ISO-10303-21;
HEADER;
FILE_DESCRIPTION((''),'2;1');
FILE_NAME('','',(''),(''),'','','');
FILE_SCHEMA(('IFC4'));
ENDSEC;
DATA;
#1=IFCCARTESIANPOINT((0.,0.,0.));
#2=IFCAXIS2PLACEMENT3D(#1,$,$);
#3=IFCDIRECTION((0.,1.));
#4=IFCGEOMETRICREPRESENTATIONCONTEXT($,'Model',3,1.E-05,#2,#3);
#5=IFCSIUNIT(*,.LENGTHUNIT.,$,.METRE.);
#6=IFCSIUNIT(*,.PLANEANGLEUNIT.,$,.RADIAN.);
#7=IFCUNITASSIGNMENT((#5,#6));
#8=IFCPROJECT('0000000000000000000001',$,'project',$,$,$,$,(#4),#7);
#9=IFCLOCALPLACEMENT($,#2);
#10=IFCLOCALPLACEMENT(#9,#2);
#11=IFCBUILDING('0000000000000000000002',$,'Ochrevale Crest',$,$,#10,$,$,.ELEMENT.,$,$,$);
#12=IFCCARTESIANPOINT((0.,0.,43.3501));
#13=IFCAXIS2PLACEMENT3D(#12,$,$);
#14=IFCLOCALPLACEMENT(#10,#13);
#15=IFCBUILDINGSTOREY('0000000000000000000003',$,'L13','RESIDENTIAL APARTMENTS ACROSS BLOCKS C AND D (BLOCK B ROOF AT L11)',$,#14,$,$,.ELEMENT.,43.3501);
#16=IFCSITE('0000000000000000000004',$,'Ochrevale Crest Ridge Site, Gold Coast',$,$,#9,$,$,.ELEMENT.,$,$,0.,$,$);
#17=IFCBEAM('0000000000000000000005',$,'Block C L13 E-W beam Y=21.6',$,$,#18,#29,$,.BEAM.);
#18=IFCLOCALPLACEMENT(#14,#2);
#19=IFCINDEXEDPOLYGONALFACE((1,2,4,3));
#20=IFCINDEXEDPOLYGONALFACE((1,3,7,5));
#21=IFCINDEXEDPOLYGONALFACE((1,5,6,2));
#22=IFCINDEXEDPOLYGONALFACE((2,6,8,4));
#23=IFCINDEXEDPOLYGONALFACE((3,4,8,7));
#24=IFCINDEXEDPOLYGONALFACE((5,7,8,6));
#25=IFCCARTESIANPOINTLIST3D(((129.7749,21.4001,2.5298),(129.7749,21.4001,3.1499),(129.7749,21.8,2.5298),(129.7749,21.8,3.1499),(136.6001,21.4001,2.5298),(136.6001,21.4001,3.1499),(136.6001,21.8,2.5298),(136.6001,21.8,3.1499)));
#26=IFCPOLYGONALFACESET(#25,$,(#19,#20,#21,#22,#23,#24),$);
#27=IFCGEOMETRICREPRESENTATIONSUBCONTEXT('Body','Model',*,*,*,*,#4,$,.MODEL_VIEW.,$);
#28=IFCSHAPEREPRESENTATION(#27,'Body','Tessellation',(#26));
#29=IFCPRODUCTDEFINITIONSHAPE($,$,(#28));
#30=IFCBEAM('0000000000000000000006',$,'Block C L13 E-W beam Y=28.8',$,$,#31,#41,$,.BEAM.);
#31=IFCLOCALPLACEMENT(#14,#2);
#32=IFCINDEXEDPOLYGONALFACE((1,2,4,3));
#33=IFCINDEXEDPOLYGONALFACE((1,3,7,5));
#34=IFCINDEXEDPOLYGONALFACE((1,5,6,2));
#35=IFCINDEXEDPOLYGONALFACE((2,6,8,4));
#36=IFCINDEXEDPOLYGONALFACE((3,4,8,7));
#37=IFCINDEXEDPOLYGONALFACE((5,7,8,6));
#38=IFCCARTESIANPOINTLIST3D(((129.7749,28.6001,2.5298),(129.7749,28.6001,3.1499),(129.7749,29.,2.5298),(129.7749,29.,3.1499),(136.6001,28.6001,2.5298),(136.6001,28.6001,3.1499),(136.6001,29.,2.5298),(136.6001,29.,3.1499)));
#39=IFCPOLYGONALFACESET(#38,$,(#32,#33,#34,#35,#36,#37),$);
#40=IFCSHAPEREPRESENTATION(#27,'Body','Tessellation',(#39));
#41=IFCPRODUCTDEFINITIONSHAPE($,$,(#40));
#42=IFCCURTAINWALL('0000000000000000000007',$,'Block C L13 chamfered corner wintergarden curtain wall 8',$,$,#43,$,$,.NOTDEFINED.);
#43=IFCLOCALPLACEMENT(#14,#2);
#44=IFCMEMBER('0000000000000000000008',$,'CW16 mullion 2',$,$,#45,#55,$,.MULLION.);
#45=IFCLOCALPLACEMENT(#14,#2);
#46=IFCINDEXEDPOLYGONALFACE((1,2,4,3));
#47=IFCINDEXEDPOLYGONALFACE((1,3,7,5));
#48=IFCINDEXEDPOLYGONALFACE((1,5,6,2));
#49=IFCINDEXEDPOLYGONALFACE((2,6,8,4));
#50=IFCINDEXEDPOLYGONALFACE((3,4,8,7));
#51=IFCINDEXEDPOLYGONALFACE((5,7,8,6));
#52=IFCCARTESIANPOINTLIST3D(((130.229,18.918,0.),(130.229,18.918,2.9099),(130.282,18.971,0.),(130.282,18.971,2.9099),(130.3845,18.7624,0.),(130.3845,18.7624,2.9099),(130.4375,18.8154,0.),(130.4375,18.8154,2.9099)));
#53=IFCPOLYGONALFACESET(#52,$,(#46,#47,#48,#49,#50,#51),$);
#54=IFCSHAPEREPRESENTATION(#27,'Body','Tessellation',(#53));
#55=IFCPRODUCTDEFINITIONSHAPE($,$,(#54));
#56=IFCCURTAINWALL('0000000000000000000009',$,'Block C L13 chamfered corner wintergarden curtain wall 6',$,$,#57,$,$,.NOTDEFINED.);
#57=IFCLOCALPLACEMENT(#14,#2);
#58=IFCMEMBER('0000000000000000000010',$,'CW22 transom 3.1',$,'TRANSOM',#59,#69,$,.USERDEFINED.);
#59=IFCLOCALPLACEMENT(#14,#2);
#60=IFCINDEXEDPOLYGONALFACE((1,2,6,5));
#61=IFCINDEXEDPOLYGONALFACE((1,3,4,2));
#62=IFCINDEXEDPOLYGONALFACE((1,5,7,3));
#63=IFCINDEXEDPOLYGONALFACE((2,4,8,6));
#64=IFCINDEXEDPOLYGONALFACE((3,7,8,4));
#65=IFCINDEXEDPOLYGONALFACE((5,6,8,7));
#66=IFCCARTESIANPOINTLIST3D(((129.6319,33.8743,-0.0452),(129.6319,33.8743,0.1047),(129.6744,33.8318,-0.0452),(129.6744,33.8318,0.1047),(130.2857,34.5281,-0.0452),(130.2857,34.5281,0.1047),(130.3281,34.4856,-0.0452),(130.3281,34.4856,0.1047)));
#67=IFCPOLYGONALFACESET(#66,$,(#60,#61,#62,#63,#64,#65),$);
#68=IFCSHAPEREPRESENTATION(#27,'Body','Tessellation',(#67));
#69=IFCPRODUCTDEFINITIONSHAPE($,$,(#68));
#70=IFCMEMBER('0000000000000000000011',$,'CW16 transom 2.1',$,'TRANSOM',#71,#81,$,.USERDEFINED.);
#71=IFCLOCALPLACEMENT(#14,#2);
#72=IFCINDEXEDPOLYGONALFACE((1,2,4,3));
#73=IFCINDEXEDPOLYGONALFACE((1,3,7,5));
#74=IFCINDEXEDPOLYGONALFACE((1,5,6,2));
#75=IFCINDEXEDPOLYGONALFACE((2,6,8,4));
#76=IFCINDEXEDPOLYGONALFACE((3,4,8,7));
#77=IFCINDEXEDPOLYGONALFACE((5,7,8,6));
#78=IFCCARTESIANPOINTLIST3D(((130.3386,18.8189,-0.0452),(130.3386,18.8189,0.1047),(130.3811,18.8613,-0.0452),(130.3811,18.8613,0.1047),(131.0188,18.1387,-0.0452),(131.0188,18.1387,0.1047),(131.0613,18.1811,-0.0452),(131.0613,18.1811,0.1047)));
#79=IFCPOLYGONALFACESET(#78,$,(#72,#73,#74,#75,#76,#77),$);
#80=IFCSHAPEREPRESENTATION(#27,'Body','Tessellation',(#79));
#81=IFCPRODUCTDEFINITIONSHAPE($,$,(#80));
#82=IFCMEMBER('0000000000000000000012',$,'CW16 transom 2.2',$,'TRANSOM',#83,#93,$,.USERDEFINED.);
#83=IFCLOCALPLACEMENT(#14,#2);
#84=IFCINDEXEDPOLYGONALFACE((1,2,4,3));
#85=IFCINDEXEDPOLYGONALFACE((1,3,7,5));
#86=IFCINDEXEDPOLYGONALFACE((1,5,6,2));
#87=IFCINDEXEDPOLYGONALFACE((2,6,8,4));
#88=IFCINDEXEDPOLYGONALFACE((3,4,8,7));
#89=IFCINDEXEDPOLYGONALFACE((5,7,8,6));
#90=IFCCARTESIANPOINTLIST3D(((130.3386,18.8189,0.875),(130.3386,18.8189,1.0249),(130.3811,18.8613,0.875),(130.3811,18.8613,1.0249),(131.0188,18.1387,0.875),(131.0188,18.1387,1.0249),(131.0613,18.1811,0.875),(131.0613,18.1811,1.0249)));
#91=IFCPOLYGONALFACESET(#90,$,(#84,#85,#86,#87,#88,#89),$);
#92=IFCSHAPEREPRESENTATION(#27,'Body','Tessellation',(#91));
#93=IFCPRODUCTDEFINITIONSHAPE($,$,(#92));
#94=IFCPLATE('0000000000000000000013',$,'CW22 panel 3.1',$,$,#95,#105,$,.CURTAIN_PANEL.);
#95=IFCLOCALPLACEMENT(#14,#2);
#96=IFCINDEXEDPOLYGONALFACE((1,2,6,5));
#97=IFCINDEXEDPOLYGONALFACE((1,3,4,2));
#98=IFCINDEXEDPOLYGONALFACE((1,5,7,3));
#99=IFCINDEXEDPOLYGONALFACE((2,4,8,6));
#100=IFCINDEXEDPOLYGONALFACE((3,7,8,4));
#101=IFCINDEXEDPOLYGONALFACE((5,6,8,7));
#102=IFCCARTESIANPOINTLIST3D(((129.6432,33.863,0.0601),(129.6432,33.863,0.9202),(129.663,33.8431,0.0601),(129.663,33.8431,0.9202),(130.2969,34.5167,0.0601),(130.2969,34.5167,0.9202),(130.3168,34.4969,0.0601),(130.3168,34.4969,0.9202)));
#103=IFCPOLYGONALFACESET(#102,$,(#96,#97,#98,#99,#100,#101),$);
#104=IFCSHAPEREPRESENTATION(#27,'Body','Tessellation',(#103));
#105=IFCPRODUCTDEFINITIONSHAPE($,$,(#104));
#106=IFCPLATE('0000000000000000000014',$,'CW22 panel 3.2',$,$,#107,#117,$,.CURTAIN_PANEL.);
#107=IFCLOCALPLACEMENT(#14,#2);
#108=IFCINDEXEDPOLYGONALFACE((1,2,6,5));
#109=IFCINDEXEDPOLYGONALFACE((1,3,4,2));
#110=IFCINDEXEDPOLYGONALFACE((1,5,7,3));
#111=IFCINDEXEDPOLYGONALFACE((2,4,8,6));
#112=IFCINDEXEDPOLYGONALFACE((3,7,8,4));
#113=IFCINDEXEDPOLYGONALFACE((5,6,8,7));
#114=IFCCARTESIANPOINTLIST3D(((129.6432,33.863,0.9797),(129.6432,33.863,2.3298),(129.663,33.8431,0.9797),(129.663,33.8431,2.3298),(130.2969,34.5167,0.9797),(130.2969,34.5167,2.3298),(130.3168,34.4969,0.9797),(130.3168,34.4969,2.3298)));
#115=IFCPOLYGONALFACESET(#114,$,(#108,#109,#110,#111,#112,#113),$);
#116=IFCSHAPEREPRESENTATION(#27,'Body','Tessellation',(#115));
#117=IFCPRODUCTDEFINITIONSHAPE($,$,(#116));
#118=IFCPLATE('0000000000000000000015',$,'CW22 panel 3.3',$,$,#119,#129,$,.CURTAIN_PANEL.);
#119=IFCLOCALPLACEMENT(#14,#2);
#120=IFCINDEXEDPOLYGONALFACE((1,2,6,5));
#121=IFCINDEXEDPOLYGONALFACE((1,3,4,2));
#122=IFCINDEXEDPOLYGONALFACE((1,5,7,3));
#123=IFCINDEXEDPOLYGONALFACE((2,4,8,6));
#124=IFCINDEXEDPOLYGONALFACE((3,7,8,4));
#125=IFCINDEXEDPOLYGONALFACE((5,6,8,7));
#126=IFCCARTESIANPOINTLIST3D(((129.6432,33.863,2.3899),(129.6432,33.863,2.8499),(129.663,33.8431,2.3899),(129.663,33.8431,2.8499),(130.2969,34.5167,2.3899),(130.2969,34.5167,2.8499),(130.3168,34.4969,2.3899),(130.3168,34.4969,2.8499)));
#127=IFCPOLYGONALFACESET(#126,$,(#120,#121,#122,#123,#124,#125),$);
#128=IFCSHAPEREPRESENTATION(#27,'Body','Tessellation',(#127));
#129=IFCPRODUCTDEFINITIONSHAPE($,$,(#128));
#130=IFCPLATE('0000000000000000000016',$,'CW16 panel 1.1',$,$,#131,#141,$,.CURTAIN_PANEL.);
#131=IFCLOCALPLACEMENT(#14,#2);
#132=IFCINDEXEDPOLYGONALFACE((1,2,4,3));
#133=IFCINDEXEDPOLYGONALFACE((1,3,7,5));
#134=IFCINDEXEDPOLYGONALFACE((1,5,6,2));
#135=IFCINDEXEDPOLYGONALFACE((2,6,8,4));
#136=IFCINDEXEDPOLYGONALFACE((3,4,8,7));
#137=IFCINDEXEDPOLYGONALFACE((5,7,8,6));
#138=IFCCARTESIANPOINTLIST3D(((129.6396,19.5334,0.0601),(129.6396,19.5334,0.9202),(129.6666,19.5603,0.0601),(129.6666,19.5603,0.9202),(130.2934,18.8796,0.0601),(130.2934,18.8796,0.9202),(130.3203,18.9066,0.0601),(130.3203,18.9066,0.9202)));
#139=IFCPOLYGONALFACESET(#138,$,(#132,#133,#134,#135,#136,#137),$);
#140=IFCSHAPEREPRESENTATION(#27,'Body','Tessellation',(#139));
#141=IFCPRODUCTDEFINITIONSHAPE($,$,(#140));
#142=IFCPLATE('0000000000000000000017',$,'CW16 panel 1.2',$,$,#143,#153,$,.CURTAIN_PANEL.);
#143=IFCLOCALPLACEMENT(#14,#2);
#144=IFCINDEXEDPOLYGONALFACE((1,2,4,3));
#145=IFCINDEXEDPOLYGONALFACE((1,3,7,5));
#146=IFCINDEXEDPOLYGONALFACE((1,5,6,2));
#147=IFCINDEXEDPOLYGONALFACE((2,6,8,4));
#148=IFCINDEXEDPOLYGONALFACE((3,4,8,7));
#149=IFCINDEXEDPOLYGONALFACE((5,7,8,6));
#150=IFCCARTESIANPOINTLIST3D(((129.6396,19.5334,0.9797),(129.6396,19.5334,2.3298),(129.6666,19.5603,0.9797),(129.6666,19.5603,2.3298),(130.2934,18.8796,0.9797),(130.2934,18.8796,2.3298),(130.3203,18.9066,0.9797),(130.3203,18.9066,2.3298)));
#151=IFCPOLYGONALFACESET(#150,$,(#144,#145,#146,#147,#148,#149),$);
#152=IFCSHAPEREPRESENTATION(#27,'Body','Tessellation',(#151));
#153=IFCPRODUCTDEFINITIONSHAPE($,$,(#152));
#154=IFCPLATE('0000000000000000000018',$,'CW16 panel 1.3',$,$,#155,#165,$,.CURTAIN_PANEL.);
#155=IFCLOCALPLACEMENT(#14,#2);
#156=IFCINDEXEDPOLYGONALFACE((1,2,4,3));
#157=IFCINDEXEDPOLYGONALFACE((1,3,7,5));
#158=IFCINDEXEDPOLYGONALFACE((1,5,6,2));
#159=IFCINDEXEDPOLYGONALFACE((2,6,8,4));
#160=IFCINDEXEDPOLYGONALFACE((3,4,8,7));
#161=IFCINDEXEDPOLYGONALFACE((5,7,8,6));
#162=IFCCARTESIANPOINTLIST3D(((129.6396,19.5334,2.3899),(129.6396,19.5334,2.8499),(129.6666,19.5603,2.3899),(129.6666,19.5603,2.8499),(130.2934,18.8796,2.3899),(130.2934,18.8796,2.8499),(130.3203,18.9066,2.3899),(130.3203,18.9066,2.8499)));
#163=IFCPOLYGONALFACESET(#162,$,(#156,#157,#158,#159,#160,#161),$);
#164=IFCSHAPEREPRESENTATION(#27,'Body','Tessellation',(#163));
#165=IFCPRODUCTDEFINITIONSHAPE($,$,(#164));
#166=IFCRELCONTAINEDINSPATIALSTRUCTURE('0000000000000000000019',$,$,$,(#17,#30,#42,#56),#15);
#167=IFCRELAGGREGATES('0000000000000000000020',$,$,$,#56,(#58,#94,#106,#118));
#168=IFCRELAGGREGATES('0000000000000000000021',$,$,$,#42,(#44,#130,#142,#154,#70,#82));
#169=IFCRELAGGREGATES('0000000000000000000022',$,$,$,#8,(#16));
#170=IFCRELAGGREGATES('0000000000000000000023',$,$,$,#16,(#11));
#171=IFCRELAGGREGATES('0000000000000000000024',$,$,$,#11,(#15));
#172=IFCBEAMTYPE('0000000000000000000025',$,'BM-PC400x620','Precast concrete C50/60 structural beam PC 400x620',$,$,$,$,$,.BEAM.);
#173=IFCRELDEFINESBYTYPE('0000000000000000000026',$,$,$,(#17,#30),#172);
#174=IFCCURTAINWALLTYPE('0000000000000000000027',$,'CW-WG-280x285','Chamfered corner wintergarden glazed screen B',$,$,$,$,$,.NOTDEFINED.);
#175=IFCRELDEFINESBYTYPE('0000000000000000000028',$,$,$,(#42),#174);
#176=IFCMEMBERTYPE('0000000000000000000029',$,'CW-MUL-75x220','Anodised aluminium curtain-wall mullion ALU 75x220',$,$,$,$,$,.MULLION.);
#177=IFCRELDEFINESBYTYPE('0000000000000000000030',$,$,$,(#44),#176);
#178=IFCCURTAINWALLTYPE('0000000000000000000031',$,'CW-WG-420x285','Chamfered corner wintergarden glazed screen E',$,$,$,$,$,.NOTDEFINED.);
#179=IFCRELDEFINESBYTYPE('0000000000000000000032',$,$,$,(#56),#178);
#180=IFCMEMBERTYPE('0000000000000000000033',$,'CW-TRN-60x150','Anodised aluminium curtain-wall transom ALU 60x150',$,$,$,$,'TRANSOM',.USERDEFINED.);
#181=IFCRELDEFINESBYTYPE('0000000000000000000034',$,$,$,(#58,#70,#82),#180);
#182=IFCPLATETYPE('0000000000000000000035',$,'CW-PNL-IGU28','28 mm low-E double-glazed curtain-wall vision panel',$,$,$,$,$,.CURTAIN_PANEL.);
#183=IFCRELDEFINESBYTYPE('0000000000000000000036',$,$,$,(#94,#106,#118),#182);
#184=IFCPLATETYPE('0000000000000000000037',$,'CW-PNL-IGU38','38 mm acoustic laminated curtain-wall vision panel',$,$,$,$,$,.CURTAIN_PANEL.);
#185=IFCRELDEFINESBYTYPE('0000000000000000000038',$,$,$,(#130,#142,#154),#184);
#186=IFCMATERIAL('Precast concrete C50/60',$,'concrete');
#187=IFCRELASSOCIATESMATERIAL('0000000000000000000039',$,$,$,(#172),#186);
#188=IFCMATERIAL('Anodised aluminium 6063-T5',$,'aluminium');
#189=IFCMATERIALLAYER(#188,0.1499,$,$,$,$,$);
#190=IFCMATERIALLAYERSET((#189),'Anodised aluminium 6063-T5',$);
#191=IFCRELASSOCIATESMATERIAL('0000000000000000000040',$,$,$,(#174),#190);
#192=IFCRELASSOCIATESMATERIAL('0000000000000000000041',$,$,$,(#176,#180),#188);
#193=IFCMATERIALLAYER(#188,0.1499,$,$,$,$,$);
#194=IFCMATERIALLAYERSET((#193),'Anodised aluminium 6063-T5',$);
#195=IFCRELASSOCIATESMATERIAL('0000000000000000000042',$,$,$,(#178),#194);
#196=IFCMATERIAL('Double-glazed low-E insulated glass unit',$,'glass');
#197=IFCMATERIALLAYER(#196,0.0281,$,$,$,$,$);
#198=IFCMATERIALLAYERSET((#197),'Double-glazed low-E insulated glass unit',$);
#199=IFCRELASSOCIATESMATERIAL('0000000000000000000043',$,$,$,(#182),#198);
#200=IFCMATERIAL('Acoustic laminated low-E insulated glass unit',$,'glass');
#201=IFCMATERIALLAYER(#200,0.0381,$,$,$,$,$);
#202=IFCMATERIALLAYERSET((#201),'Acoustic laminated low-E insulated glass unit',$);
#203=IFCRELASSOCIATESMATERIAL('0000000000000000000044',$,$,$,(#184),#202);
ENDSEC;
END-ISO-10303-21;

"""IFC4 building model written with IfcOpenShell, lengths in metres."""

from ifc_helpers import new_model, si_unit, direction, frame, origin, origin_2d, place, context, subcontext, project, spatial, rectangle, extrude, material, layer, layer_set, material_profile, profile_set, type_object, element, aggregate, save


model = new_model("IFC4")

# Units and contexts
model_context = context("Model", 3, precision=1e-05, world=origin(), true_north=direction((0.0, 1.0)))
body_context = subcontext(model_context, "Body", "Model", "MODEL_VIEW")
ifc_project = project(units=[si_unit("LENGTHUNIT", "METRE"), si_unit("PLANEANGLEUNIT", "RADIAN")], contexts=[model_context])

# Site, building, storey
site_placement = place(None, origin())
site = spatial("IfcSite", under=ifc_project, at=site_placement, Name="Ochrevale Crest Ridge Site, Gold Coast", CompositionType="ELEMENT", RefElevation=0.0)
building_placement = place(site_placement, origin())
building = spatial("IfcBuilding", under=site, at=building_placement, Name="Ochrevale Crest", CompositionType="ELEMENT")
storey_placement = place(building_placement, frame((0.0, 0.0, 43.3501)))
storey = spatial("IfcBuildingStorey", under=building, at=storey_placement, Name="L13", Description="RESIDENTIAL APARTMENTS ACROSS BLOCKS C AND D (BLOCK B ROOF AT L11)", CompositionType="ELEMENT", Elevation=43.3501)

# Beams
ifc_material_1 = material(Name="Precast concrete C50/60", Category="concrete")
ifc_material_profile_1 = material_profile(ifc_material_1, rectangle(XDim=0.3999, YDim=0.6201, at=origin_2d()), Name="PC 400x620")
ifc_profile_set_1 = profile_set([ifc_material_profile_1], Name="Precast concrete C50/60")
beam_type = type_object("IfcBeamType", Name="BM-PC400x620", Description="Precast concrete C50/60 structural beam PC 400x620", PredefinedType="BEAM", material=ifc_profile_set_1)
for number, where, z_axis, x_axis, name in (
    (1, (129.7749, 21.6001, 2.8398), (1.0, 0.0, 0.0), (0.0, 1.0, 0.0), "Block C L13 E-W beam Y=21.6"),
    (2, (129.7749, 28.8, 2.8398), (1.0, 0.0, 0.0), (0.0, 1.0, 0.0), "Block C L13 E-W beam Y=28.8"),
):
    element("IfcBeam", number, at=place(storey_placement, frame(where, z_axis=z_axis, x_axis=x_axis)), inside=storey, type_object=beam_type, Name=name, PredefinedType="BEAM", context=body_context, shape_type="SweptSolid", body=[
        extrude(rectangle(XDim=0.3999, YDim=0.6201, at=origin_2d()), origin(), (0.0, 0.0, 1.0), 6.8252),
    ])

# Curtain walls, members
ifc_material_2 = material(Name="Anodised aluminium 6063-T5", Category="aluminium")
ifc_layer_1 = layer(ifc_material_2, 0.1499)
ifc_layer_set_1 = layer_set([ifc_layer_1], Name="Anodised aluminium 6063-T5")
curtain_wall_type_1 = type_object("IfcCurtainWallType", Name="CW-WG-280x285", Description="Chamfered corner wintergarden glazed screen B", PredefinedType="NOTDEFINED", material=ifc_layer_set_1)
curtain_wall_1_placement = place(storey_placement, origin())
curtain_wall_1 = element("IfcCurtainWall", 3, at=curtain_wall_1_placement, inside=storey, type_object=curtain_wall_type_1, Name="Block C L13 chamfered corner wintergarden curtain wall 8", PredefinedType="NOTDEFINED")
ifc_material_profile_2 = material_profile(ifc_material_2, rectangle(XDim=0.075, YDim=0.22, at=origin_2d()), Name="ALU 75x220")
ifc_profile_set_2 = profile_set([ifc_material_profile_2], Name="Anodised aluminium 6063-T5")
member_type_1 = type_object("IfcMemberType", Name="CW-MUL-75x220", Description="Anodised aluminium curtain-wall mullion ALU 75x220", PredefinedType="MULLION", material=ifc_profile_set_2)
member_1_placement = place(storey_placement, frame((130.3333, 18.8667, 0.0), z_axis=(0.0, 0.0, 1.0), x_axis=(0.707107, 0.707107, 0.0)))
member_1 = element("IfcMember", 4, at=member_1_placement, type_object=member_type_1, Name="CW16 mullion 2", PredefinedType="MULLION", context=body_context, shape_type="SweptSolid", body=[
    extrude(rectangle(XDim=0.075, YDim=0.22, at=origin_2d()), origin(), (0.0, 0.0, 1.0), 2.9099),
])
ifc_layer_2 = layer(ifc_material_2, 0.1499)
ifc_layer_set_2 = layer_set([ifc_layer_2], Name="Anodised aluminium 6063-T5")
curtain_wall_type_2 = type_object("IfcCurtainWallType", Name="CW-WG-420x285", Description="Chamfered corner wintergarden glazed screen E", PredefinedType="NOTDEFINED", material=ifc_layer_set_2)
curtain_wall_2_placement = place(storey_placement, origin())
curtain_wall_2 = element("IfcCurtainWall", 5, at=curtain_wall_2_placement, inside=storey, type_object=curtain_wall_type_2, Name="Block C L13 chamfered corner wintergarden curtain wall 6", PredefinedType="NOTDEFINED")
ifc_material_profile_3 = material_profile(ifc_material_2, rectangle(XDim=0.0601, YDim=0.1499, at=origin_2d()), Name="ALU 60x150")
ifc_profile_set_3 = profile_set([ifc_material_profile_3], Name="Anodised aluminium 6063-T5")
member_type_2 = type_object("IfcMemberType", Name="CW-TRN-60x150", Description="Anodised aluminium curtain-wall transom ALU 60x150", ElementType="TRANSOM", PredefinedType="USERDEFINED", material=ifc_profile_set_3)
member_2_placement = place(storey_placement, frame((130.3069, 34.5068, 0.0298), z_axis=(-0.707107, -0.707107, 0.0), x_axis=(0.707107, -0.707107, 0.0)))
member_2 = element("IfcMember", 6, at=member_2_placement, type_object=member_type_2, Name="CW22 transom 3.1", ObjectType="TRANSOM", PredefinedType="USERDEFINED", context=body_context, shape_type="SweptSolid", body=[
    extrude(rectangle(XDim=0.0601, YDim=0.1499, at=origin_2d()), origin(), (0.0, 0.0, 1.0), 0.9246),
])

# Members
member_3_placement = place(storey_placement, frame((130.3599, 18.8401, 0.0298), z_axis=(0.707107, -0.707107, 0.0), x_axis=(0.707107, 0.707107, 0.0)))
member_3 = element("IfcMember", 7, at=member_3_placement, type_object=member_type_2, Name="CW16 transom 2.1", ObjectType="TRANSOM", PredefinedType="USERDEFINED", context=body_context, shape_type="SweptSolid", body=[
    extrude(rectangle(XDim=0.0601, YDim=0.1499, at=origin_2d()), origin(), (0.0, 0.0, 1.0), 0.9619),
])
member_4_placement = place(storey_placement, frame((130.3599, 18.8401, 0.95), z_axis=(0.707107, -0.707107, 0.0), x_axis=(0.707107, 0.707107, 0.0)))
member_4 = element("IfcMember", 8, at=member_4_placement, type_object=member_type_2, Name="CW16 transom 2.2", ObjectType="TRANSOM", PredefinedType="USERDEFINED", context=body_context, shape_type="SweptSolid", body=[
    extrude(rectangle(XDim=0.0601, YDim=0.1499, at=origin_2d()), origin(), (0.0, 0.0, 1.0), 0.9619),
])

# Plates
ifc_material_3 = material(Name="Double-glazed low-E insulated glass unit", Category="glass")
ifc_layer_3 = layer(ifc_material_3, 0.0281)
ifc_layer_set_3 = layer_set([ifc_layer_3], Name="Double-glazed low-E insulated glass unit")
plate_type_1 = type_object("IfcPlateType", Name="CW-PNL-IGU28", Description="28 mm low-E double-glazed curtain-wall vision panel", PredefinedType="CURTAIN_PANEL", material=ifc_layer_set_3)
plate_1_placement = place(storey_placement, frame((129.98, 34.1799, 0.0601), z_axis=(0.0, 0.0, 1.0), x_axis=(-0.707107, -0.707107, 0.0)))
plate_1 = element("IfcPlate", 9, at=plate_1_placement, type_object=plate_type_1, Name="CW22 panel 3.1", PredefinedType="CURTAIN_PANEL", context=body_context, shape_type="SweptSolid", body=[
    extrude(rectangle(XDim=0.9246, YDim=0.0281, at=origin_2d()), origin(), (0.0, 0.0, 1.0), 0.8601),
])
plate_2_placement = place(storey_placement, frame((129.98, 34.1799, 0.9797), z_axis=(0.0, 0.0, 1.0), x_axis=(-0.707107, -0.707107, 0.0)))
plate_2 = element("IfcPlate", 10, at=plate_2_placement, type_object=plate_type_1, Name="CW22 panel 3.2", PredefinedType="CURTAIN_PANEL", context=body_context, shape_type="SweptSolid", body=[
    extrude(rectangle(XDim=0.9246, YDim=0.0281, at=origin_2d()), origin(), (0.0, 0.0, 1.0), 1.3501),
])
plate_3_placement = place(storey_placement, frame((129.98, 34.1799, 2.3899), z_axis=(0.0, 0.0, 1.0), x_axis=(-0.707107, -0.707107, 0.0)))
plate_3 = element("IfcPlate", 11, at=plate_3_placement, type_object=plate_type_1, Name="CW22 panel 3.3", PredefinedType="CURTAIN_PANEL", context=body_context, shape_type="SweptSolid", body=[
    extrude(rectangle(XDim=0.9246, YDim=0.0281, at=origin_2d()), origin(), (0.0, 0.0, 1.0), 0.46),
])
aggregate(curtain_wall_2, [member_2, plate_1, plate_2, plate_3])
ifc_material_4 = material(Name="Acoustic laminated low-E insulated glass unit", Category="glass")
ifc_layer_4 = layer(ifc_material_4, 0.0381)
ifc_layer_set_4 = layer_set([ifc_layer_4], Name="Acoustic laminated low-E insulated glass unit")
plate_type_2 = type_object("IfcPlateType", Name="CW-PNL-IGU38", Description="38 mm acoustic laminated curtain-wall vision panel", PredefinedType="CURTAIN_PANEL", material=ifc_layer_set_4)
plate_4_placement = place(storey_placement, frame((129.98, 19.22, 0.0601), z_axis=(0.0, 0.0, 1.0), x_axis=(0.707107, -0.707107, 0.0)))
plate_4 = element("IfcPlate", 12, at=plate_4_placement, type_object=plate_type_2, Name="CW16 panel 1.1", PredefinedType="CURTAIN_PANEL", context=body_context, shape_type="SweptSolid", body=[
    extrude(rectangle(XDim=0.9246, YDim=0.0381, at=origin_2d()), origin(), (0.0, 0.0, 1.0), 0.8601),
])
plate_5_placement = place(storey_placement, frame((129.98, 19.22, 0.9797), z_axis=(0.0, 0.0, 1.0), x_axis=(0.707107, -0.707107, 0.0)))
plate_5 = element("IfcPlate", 13, at=plate_5_placement, type_object=plate_type_2, Name="CW16 panel 1.2", PredefinedType="CURTAIN_PANEL", context=body_context, shape_type="SweptSolid", body=[
    extrude(rectangle(XDim=0.9246, YDim=0.0381, at=origin_2d()), origin(), (0.0, 0.0, 1.0), 1.3501),
])
plate_6_placement = place(storey_placement, frame((129.98, 19.22, 2.3899), z_axis=(0.0, 0.0, 1.0), x_axis=(0.707107, -0.707107, 0.0)))
plate_6 = element("IfcPlate", 14, at=plate_6_placement, type_object=plate_type_2, Name="CW16 panel 1.3", PredefinedType="CURTAIN_PANEL", context=body_context, shape_type="SweptSolid", body=[
    extrude(rectangle(XDim=0.9246, YDim=0.0381, at=origin_2d()), origin(), (0.0, 0.0, 1.0), 0.46),
])
aggregate(curtain_wall_1, [member_1, plate_4, plate_5, plate_6, member_3, member_4])

save(model, "model.ifc")
